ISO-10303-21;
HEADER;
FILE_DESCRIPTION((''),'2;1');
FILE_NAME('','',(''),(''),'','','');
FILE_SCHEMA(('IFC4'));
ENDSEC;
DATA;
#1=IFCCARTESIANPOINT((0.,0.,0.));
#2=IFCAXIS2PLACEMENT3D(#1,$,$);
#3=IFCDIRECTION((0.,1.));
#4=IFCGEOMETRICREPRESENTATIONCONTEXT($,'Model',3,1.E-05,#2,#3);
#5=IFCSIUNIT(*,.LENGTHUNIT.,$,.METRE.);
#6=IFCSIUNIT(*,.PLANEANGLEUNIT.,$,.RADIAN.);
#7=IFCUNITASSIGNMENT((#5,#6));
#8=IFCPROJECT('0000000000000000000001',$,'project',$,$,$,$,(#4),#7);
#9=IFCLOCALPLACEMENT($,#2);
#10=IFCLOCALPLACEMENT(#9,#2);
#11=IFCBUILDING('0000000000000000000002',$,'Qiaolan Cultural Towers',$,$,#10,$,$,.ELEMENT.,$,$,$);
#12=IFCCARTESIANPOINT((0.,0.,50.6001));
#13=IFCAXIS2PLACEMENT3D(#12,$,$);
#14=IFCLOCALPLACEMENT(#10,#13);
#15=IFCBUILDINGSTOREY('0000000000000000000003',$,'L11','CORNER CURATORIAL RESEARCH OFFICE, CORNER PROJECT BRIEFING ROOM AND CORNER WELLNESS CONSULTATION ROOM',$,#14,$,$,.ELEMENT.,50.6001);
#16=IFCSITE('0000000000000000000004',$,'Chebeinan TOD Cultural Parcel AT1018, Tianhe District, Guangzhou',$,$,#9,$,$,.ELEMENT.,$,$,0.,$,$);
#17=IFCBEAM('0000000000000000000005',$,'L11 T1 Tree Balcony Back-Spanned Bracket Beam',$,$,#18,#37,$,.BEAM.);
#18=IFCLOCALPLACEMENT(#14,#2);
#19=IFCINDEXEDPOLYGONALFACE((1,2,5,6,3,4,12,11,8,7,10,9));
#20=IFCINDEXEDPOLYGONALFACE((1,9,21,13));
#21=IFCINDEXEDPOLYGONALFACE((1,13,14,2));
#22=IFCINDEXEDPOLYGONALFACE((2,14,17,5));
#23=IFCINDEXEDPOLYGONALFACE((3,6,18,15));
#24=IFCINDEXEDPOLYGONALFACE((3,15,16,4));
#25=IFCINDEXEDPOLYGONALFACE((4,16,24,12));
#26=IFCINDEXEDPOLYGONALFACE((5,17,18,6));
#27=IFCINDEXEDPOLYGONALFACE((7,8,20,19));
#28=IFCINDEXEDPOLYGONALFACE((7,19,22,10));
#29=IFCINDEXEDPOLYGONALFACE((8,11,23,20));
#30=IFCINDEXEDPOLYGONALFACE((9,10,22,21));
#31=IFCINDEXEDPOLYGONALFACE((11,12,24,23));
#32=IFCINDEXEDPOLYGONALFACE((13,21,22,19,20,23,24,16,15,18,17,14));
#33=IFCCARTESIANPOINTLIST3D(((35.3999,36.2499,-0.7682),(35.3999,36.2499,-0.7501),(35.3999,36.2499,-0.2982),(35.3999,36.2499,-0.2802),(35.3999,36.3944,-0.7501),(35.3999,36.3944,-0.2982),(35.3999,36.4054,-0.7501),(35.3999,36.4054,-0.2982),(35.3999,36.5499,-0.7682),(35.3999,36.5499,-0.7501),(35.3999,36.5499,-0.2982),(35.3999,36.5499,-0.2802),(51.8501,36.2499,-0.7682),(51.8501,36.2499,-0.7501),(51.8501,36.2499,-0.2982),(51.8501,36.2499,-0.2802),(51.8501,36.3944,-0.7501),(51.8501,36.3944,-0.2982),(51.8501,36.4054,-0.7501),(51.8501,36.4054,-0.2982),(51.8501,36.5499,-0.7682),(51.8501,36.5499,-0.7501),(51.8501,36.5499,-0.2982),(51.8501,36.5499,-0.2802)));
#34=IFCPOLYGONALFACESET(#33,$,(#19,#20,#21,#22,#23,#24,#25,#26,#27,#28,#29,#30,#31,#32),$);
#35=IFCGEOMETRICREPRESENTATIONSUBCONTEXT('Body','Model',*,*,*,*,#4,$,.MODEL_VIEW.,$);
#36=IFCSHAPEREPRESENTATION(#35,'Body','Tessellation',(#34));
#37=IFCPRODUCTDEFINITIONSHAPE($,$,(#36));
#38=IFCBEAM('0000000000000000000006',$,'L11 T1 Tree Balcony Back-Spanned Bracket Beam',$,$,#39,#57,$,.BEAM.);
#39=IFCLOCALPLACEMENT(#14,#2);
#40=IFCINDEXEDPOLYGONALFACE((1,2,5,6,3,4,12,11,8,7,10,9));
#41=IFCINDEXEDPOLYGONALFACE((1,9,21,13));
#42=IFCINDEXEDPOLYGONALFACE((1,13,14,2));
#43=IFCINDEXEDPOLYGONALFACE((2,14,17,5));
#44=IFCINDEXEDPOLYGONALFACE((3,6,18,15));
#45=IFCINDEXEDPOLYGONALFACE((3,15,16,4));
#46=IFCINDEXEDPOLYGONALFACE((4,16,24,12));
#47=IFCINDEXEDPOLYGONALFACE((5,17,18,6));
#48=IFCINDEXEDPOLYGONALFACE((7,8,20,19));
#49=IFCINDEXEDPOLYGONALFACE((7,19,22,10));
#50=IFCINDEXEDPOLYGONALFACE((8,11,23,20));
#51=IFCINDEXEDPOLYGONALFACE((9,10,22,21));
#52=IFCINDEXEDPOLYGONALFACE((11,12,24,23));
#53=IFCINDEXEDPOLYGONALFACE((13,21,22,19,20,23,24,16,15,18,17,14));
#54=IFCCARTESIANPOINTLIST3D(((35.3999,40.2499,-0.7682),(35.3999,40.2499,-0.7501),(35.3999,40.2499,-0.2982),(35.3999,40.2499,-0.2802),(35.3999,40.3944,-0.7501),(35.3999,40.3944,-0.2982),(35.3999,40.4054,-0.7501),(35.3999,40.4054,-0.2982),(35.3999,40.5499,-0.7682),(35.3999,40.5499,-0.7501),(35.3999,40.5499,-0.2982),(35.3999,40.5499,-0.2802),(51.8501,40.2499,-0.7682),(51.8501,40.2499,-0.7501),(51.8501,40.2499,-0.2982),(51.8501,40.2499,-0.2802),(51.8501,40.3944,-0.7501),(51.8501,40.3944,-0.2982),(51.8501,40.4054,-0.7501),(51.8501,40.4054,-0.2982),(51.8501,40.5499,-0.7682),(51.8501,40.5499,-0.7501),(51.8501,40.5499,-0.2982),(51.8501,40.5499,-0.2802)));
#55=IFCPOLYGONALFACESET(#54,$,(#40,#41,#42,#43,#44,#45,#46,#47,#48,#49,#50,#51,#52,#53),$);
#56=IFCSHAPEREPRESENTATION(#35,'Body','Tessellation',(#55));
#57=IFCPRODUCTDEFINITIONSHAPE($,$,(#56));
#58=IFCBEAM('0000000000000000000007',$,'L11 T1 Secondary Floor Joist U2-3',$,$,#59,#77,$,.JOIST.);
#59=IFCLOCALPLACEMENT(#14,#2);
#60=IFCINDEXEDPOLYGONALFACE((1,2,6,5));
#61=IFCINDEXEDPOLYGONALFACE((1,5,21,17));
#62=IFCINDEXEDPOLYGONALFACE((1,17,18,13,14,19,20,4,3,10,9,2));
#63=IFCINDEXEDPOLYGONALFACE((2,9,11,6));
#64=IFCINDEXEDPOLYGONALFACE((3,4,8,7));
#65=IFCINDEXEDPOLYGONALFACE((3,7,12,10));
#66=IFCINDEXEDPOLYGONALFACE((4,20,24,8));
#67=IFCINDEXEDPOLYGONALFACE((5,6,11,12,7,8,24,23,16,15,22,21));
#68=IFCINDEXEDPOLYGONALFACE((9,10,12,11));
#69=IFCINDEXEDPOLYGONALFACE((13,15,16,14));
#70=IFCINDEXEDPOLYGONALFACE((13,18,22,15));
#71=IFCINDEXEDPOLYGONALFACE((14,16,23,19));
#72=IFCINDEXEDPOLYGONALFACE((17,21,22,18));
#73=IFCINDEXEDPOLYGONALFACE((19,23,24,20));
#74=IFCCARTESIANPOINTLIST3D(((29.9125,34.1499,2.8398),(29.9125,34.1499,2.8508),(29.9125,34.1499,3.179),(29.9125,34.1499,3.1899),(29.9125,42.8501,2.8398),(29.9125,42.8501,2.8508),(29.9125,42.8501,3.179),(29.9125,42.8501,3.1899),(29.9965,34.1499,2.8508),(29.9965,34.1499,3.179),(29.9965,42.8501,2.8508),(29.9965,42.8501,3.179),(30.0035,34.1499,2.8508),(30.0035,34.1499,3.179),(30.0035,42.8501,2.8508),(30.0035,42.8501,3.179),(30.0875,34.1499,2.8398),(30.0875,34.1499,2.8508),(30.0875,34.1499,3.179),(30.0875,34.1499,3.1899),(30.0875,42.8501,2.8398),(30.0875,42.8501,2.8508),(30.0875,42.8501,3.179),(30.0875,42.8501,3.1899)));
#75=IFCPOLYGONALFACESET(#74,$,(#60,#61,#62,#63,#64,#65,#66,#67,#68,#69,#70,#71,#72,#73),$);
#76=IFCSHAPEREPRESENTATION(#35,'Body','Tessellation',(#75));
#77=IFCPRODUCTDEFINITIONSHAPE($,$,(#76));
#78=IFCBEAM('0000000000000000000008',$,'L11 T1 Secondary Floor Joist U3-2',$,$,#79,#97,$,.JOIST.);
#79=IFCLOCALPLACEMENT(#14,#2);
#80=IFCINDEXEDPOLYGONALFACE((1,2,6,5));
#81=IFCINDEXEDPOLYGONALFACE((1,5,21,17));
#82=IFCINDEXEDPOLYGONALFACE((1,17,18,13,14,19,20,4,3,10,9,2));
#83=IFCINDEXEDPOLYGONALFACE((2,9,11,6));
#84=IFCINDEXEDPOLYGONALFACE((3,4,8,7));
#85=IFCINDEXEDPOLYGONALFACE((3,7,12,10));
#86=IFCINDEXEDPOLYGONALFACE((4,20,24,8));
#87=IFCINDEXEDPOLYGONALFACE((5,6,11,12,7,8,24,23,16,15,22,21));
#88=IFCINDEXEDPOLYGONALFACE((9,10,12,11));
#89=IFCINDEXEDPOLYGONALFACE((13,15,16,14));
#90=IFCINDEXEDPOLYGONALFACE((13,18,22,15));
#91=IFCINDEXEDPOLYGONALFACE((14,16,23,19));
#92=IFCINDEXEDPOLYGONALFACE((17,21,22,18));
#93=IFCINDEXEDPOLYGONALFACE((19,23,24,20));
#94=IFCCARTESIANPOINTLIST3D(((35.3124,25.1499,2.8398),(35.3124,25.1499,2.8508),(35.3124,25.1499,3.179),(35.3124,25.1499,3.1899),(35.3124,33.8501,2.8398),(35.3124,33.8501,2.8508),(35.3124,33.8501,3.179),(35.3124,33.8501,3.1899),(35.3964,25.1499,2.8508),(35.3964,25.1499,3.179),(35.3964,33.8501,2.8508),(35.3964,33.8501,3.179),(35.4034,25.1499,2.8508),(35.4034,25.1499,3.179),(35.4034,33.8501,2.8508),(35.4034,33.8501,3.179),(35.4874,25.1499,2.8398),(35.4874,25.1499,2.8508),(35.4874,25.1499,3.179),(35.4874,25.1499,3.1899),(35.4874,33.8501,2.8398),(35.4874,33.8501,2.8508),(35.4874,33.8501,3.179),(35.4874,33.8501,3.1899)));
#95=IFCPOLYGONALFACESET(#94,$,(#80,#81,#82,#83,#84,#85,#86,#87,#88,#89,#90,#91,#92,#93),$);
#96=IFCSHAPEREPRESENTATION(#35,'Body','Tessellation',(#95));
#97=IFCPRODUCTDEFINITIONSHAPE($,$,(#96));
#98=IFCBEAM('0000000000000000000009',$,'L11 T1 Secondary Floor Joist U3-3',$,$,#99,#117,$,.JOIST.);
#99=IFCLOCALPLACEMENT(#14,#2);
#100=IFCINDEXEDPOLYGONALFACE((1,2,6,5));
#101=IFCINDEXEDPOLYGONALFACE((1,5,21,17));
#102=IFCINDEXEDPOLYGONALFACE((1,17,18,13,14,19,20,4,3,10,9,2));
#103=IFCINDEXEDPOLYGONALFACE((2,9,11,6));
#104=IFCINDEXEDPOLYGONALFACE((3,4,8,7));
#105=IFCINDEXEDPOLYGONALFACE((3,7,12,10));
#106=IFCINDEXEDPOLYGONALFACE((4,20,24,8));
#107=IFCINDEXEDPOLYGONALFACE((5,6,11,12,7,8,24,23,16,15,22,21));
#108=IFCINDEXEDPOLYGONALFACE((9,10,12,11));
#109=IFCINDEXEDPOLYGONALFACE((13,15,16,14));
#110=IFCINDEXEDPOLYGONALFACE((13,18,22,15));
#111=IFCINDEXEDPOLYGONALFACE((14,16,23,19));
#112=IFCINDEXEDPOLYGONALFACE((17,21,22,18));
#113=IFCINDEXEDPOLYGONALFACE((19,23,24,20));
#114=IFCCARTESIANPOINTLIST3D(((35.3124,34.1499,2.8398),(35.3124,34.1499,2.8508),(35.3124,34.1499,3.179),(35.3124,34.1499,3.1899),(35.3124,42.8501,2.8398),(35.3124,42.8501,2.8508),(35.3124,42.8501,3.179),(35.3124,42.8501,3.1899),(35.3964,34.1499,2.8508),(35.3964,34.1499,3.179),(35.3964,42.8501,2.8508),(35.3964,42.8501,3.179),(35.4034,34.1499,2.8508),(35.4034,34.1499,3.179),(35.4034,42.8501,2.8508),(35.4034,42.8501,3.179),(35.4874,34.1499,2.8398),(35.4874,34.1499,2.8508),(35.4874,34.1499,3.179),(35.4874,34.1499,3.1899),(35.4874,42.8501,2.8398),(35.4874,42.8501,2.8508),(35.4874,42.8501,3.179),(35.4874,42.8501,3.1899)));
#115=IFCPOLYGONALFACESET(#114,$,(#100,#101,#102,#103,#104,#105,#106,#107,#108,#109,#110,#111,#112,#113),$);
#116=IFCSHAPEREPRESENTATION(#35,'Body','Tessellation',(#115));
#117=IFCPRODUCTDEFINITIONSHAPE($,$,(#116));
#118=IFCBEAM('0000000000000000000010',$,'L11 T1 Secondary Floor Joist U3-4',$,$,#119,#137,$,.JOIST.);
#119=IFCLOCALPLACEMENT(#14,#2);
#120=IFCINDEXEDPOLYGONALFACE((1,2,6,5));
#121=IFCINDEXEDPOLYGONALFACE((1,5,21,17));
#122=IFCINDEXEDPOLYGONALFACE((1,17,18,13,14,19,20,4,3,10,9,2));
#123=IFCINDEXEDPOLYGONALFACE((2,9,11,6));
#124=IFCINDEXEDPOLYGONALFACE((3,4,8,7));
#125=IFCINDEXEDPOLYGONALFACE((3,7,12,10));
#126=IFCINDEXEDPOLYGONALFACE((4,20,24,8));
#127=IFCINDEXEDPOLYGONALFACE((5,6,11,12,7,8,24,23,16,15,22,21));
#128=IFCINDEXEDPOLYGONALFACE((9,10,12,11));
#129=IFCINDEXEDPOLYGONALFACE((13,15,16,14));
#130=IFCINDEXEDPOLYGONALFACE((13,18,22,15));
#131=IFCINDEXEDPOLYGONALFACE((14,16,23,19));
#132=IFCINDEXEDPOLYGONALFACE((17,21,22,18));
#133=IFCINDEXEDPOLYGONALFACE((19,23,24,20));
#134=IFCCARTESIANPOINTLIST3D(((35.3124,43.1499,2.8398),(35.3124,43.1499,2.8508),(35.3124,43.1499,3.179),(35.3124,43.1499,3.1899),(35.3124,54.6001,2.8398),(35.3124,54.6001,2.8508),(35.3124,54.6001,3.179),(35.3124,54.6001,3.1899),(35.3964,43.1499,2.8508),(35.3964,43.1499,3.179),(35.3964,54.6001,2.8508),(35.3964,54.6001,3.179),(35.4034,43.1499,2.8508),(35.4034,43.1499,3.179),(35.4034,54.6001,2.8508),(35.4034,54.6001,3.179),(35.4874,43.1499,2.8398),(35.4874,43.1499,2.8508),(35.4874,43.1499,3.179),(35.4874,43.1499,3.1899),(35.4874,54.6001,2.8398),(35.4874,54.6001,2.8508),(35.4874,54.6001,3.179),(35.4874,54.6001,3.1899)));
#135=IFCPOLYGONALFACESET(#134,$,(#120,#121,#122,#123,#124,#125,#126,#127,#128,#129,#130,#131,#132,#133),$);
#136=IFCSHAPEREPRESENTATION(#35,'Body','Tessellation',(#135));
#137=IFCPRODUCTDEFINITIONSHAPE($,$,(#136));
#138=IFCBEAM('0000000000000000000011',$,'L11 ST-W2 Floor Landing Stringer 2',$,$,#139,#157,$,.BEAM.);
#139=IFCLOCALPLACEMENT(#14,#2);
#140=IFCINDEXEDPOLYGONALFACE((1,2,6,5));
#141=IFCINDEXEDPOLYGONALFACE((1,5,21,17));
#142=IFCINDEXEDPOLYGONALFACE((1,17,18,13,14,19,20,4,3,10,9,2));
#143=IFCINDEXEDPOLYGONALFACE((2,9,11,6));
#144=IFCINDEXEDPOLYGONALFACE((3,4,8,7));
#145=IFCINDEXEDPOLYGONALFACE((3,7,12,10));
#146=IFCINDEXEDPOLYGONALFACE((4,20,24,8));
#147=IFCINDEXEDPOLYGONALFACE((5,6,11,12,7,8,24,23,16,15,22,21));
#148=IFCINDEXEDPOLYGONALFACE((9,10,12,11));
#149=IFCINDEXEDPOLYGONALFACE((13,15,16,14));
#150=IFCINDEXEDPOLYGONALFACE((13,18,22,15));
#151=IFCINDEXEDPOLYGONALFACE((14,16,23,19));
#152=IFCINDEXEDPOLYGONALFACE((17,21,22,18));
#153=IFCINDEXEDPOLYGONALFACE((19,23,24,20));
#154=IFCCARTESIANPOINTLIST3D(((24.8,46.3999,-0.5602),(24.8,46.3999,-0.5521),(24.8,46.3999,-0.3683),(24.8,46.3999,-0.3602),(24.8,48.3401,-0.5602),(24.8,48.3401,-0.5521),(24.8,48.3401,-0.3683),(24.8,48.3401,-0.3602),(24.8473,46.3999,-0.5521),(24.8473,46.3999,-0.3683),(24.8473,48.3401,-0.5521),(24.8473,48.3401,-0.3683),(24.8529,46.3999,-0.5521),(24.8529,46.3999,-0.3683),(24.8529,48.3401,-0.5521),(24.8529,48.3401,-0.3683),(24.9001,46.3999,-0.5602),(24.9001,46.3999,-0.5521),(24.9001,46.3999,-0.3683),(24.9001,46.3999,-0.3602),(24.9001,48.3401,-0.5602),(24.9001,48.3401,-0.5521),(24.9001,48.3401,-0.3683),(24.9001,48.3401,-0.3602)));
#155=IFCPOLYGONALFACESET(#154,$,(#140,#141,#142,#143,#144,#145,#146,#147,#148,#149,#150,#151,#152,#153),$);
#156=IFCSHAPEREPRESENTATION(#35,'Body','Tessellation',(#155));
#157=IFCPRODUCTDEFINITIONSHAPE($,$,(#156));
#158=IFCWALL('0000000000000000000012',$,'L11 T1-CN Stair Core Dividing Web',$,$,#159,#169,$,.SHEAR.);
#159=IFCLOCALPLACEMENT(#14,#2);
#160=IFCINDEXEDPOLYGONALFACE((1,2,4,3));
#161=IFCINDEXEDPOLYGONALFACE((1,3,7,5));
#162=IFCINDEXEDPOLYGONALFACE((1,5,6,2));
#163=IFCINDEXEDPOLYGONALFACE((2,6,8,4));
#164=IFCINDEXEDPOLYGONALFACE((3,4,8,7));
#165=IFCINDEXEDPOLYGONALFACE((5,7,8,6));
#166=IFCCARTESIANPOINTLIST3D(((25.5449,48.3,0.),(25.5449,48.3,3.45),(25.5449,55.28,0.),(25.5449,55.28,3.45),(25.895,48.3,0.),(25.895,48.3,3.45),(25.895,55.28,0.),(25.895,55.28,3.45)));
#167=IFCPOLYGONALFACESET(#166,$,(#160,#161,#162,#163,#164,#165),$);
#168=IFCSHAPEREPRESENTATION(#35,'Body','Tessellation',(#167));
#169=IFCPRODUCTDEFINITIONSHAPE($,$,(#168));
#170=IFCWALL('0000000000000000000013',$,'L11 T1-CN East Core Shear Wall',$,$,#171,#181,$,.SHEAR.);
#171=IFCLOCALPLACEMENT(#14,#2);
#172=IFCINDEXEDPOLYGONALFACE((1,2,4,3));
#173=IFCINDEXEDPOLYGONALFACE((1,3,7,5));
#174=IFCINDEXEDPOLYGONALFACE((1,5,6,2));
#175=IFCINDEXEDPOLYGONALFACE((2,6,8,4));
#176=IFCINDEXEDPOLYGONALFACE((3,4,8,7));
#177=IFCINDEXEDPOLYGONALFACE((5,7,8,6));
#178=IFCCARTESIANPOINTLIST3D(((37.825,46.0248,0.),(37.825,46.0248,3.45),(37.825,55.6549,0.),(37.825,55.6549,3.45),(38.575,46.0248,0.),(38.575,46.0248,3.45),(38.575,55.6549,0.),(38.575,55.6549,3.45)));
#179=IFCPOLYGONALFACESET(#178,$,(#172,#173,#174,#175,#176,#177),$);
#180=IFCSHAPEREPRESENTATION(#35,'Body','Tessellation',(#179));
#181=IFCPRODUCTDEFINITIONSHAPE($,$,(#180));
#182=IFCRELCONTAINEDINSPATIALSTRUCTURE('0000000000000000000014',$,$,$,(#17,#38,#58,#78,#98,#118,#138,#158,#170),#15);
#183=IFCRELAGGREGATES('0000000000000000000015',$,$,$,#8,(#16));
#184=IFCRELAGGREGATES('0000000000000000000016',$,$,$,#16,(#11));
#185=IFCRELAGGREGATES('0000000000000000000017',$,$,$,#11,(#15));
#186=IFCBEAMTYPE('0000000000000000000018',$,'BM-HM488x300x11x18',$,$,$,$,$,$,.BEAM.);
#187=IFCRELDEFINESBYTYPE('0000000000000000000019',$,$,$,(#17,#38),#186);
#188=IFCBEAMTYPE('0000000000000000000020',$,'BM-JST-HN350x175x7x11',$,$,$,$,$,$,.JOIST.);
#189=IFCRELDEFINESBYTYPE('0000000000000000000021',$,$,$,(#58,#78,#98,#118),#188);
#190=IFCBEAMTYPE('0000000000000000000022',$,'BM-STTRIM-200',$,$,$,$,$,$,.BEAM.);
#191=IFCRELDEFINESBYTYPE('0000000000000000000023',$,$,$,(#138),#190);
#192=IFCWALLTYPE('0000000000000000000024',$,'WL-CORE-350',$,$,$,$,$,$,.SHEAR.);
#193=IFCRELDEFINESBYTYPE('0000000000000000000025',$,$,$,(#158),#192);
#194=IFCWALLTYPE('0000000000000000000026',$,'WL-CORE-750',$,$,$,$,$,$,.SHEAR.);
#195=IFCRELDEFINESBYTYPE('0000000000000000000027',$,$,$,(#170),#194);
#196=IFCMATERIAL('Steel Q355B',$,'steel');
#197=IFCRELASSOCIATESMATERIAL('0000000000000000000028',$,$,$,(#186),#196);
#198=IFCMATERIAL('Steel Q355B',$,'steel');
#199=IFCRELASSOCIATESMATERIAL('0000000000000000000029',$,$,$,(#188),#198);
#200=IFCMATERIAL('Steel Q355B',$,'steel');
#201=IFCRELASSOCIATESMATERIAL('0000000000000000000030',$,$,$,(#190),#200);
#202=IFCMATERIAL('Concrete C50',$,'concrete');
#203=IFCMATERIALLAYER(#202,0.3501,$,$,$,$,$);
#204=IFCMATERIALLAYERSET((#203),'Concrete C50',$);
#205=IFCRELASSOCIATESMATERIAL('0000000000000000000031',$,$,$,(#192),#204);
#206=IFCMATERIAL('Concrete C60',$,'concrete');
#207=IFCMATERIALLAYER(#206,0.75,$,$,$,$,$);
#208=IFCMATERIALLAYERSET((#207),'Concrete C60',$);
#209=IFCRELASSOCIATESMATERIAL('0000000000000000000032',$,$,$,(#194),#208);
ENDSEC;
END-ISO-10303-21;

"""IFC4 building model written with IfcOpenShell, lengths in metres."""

from ifc_helpers import new_model, si_unit, direction, frame, frame_2d, origin, origin_2d, place, context, subcontext, project, spatial, rectangle, i_section, extrude, material, layer, layer_set, material_profile, profile_set, type_object, element, save


model = new_model("IFC4")

# Units and contexts
model_context = context("Model", 3, precision=1e-05, world=origin(), true_north=direction((0.0, 1.0)))
body_context = subcontext(model_context, "Body", "Model", "MODEL_VIEW")
ifc_project = project(units=[si_unit("LENGTHUNIT", "METRE"), si_unit("PLANEANGLEUNIT", "RADIAN")], contexts=[model_context])

# Site, building, storey
site_placement = place(None, origin())
site = spatial("IfcSite", under=ifc_project, at=site_placement, Name="Chebeinan TOD Cultural Parcel AT1018, Tianhe District, Guangzhou", CompositionType="ELEMENT", RefElevation=0.0)
building_placement = place(site_placement, origin())
building = spatial("IfcBuilding", under=site, at=building_placement, Name="Qiaolan Cultural Towers", CompositionType="ELEMENT")
storey_placement = place(building_placement, frame((0.0, 0.0, 50.6001)))
storey = spatial("IfcBuildingStorey", under=building, at=storey_placement, Name="L11", Description="CORNER CURATORIAL RESEARCH OFFICE, CORNER PROJECT BRIEFING ROOM AND CORNER WELLNESS CONSULTATION ROOM", CompositionType="ELEMENT", Elevation=50.6001)

# Beams
ifc_material_1 = material(Name="Steel Q355B", Category="steel")
ifc_material_profile_1 = material_profile(ifc_material_1, i_section(OverallWidth=0.3, OverallDepth=0.488, WebThickness=0.011, FlangeThickness=0.0181, at=origin_2d()), Name="HM488x300x11x18")
ifc_profile_set_1 = profile_set([ifc_material_profile_1], Name="Steel Q355B")
beam_type_1 = type_object("IfcBeamType", Name="BM-HM488x300x11x18", PredefinedType="BEAM", material=ifc_profile_set_1)
for number, where, z_axis, x_axis, name in (
    (1, (35.3999, 36.3999, -0.5242), (1.0, 0.0, 0.0), (0.0, 1.0, 0.0), "L11 T1 Tree Balcony Back-Spanned Bracket Beam"),
    (2, (35.3999, 40.3999, -0.5242), (1.0, 0.0, 0.0), (0.0, 1.0, 0.0), "L11 T1 Tree Balcony Back-Spanned Bracket Beam"),
):
    element("IfcBeam", number, at=place(storey_placement, frame(where, z_axis=z_axis, x_axis=x_axis)), inside=storey, type_object=beam_type_1, Name=name, PredefinedType="BEAM", context=body_context, shape_type="SweptSolid", body=[
        extrude(i_section(OverallWidth=0.3, OverallDepth=0.488, WebThickness=0.011, FlangeThickness=0.0181, at=origin_2d()), origin(), (0.0, 0.0, 1.0), 16.4502),
    ])
ifc_material_2 = material(Name="Steel Q355B", Category="steel")
ifc_material_profile_2 = material_profile(ifc_material_2, i_section(OverallWidth=0.175, OverallDepth=0.3501, WebThickness=0.0071, FlangeThickness=0.011, at=origin_2d()), Name="HN350x175x7x11")
ifc_profile_set_2 = profile_set([ifc_material_profile_2], Name="Steel Q355B")
beam_type_2 = type_object("IfcBeamType", Name="BM-JST-HN350x175x7x11", PredefinedType="JOIST", material=ifc_profile_set_2)
for number, where, z_axis, x_axis, name in (
    (3, (30.0, 34.1499, 3.0149), (0.0, 1.0, 0.0), (-1.0, 0.0, 0.0), "L11 T1 Secondary Floor Joist U2-3"),
    (4, (35.3999, 25.1499, 3.0149), (0.0, 1.0, 0.0), (-1.0, 0.0, 0.0), "L11 T1 Secondary Floor Joist U3-2"),
    (5, (35.3999, 34.1499, 3.0149), (0.0, 1.0, 0.0), (-1.0, 0.0, 0.0), "L11 T1 Secondary Floor Joist U3-3"),
):
    element("IfcBeam", number, at=place(storey_placement, frame(where, z_axis=z_axis, x_axis=x_axis)), inside=storey, type_object=beam_type_2, Name=name, PredefinedType="JOIST", context=body_context, shape_type="SweptSolid", body=[
        extrude(i_section(OverallWidth=0.175, OverallDepth=0.3501, WebThickness=0.0071, FlangeThickness=0.011, at=origin_2d()), origin(), (0.0, 0.0, 1.0), 8.7002),
    ])
beam_1_placement = place(storey_placement, frame((35.3999, 43.1499, 3.0149), z_axis=(0.0, 1.0, 0.0), x_axis=(-1.0, 0.0, 0.0)))
element("IfcBeam", 6, at=beam_1_placement, inside=storey, type_object=beam_type_2, Name="L11 T1 Secondary Floor Joist U3-4", PredefinedType="JOIST", context=body_context, shape_type="SweptSolid", body=[
    extrude(i_section(OverallWidth=0.175, OverallDepth=0.3501, WebThickness=0.0071, FlangeThickness=0.011, at=origin_2d()), origin(), (0.0, 0.0, 1.0), 11.4502),
])
ifc_material_3 = material(Name="Steel Q355B", Category="steel")
ifc_material_profile_3 = material_profile(ifc_material_3, i_section(OverallWidth=0.1001, OverallDepth=0.2, WebThickness=0.0056, FlangeThickness=0.0081, at=origin_2d()), Name="HN200x100x5.5x8")
ifc_profile_set_3 = profile_set([ifc_material_profile_3], Name="Steel Q355B")
beam_type_3 = type_object("IfcBeamType", Name="BM-STTRIM-200", PredefinedType="BEAM", material=ifc_profile_set_3)
beam_2_placement = place(storey_placement, frame((24.8501, 46.3999, -0.4602), z_axis=(0.0, 1.0, 0.0), x_axis=(-1.0, 0.0, 0.0)))
element("IfcBeam", 7, at=beam_2_placement, inside=storey, type_object=beam_type_3, Name="L11 ST-W2 Floor Landing Stringer 2", PredefinedType="BEAM", context=body_context, shape_type="SweptSolid", body=[
    extrude(i_section(OverallWidth=0.1001, OverallDepth=0.2, WebThickness=0.0056, FlangeThickness=0.0081, at=origin_2d()), origin(), (0.0, 0.0, 1.0), 1.9402),
])

# Walls
ifc_material_4 = material(Name="Concrete C50", Category="concrete")
ifc_layer_1 = layer(ifc_material_4, 0.3501)
ifc_layer_set_1 = layer_set([ifc_layer_1], Name="Concrete C50")
wall_type_1 = type_object("IfcWallType", Name="WL-CORE-350", PredefinedType="SHEAR", material=ifc_layer_set_1)
wall_1_placement = place(storey_placement, frame((25.72, 48.3, 0.0), z_axis=(0.0, 0.0, 1.0), x_axis=(0.0, 1.0, 0.0)))
element("IfcWall", 8, at=wall_1_placement, inside=storey, type_object=wall_type_1, Name="L11 T1-CN Stair Core Dividing Web", PredefinedType="SHEAR", context=body_context, shape_type="SweptSolid", body=[
    extrude(rectangle(XDim=6.98, YDim=0.3501, at=frame_2d((3.49, 0.0))), origin(), (0.0, 0.0, 1.0), 3.45),
])
ifc_material_5 = material(Name="Concrete C60", Category="concrete")
ifc_layer_2 = layer(ifc_material_5, 0.75)
ifc_layer_set_2 = layer_set([ifc_layer_2], Name="Concrete C60")
wall_type_2 = type_object("IfcWallType", Name="WL-CORE-750", PredefinedType="SHEAR", material=ifc_layer_set_2)
wall_2_placement = place(storey_placement, frame((38.2, 46.0249, 0.0), z_axis=(0.0, 0.0, 1.0), x_axis=(0.0, 1.0, 0.0)))
element("IfcWall", 9, at=wall_2_placement, inside=storey, type_object=wall_type_2, Name="L11 T1-CN East Core Shear Wall", PredefinedType="SHEAR", context=body_context, shape_type="SweptSolid", body=[
    extrude(rectangle(XDim=9.6301, YDim=0.75, at=frame_2d((4.8149, 0.0))), origin(), (0.0, 0.0, 1.0), 3.45),
])

save(model, "model.ifc")
